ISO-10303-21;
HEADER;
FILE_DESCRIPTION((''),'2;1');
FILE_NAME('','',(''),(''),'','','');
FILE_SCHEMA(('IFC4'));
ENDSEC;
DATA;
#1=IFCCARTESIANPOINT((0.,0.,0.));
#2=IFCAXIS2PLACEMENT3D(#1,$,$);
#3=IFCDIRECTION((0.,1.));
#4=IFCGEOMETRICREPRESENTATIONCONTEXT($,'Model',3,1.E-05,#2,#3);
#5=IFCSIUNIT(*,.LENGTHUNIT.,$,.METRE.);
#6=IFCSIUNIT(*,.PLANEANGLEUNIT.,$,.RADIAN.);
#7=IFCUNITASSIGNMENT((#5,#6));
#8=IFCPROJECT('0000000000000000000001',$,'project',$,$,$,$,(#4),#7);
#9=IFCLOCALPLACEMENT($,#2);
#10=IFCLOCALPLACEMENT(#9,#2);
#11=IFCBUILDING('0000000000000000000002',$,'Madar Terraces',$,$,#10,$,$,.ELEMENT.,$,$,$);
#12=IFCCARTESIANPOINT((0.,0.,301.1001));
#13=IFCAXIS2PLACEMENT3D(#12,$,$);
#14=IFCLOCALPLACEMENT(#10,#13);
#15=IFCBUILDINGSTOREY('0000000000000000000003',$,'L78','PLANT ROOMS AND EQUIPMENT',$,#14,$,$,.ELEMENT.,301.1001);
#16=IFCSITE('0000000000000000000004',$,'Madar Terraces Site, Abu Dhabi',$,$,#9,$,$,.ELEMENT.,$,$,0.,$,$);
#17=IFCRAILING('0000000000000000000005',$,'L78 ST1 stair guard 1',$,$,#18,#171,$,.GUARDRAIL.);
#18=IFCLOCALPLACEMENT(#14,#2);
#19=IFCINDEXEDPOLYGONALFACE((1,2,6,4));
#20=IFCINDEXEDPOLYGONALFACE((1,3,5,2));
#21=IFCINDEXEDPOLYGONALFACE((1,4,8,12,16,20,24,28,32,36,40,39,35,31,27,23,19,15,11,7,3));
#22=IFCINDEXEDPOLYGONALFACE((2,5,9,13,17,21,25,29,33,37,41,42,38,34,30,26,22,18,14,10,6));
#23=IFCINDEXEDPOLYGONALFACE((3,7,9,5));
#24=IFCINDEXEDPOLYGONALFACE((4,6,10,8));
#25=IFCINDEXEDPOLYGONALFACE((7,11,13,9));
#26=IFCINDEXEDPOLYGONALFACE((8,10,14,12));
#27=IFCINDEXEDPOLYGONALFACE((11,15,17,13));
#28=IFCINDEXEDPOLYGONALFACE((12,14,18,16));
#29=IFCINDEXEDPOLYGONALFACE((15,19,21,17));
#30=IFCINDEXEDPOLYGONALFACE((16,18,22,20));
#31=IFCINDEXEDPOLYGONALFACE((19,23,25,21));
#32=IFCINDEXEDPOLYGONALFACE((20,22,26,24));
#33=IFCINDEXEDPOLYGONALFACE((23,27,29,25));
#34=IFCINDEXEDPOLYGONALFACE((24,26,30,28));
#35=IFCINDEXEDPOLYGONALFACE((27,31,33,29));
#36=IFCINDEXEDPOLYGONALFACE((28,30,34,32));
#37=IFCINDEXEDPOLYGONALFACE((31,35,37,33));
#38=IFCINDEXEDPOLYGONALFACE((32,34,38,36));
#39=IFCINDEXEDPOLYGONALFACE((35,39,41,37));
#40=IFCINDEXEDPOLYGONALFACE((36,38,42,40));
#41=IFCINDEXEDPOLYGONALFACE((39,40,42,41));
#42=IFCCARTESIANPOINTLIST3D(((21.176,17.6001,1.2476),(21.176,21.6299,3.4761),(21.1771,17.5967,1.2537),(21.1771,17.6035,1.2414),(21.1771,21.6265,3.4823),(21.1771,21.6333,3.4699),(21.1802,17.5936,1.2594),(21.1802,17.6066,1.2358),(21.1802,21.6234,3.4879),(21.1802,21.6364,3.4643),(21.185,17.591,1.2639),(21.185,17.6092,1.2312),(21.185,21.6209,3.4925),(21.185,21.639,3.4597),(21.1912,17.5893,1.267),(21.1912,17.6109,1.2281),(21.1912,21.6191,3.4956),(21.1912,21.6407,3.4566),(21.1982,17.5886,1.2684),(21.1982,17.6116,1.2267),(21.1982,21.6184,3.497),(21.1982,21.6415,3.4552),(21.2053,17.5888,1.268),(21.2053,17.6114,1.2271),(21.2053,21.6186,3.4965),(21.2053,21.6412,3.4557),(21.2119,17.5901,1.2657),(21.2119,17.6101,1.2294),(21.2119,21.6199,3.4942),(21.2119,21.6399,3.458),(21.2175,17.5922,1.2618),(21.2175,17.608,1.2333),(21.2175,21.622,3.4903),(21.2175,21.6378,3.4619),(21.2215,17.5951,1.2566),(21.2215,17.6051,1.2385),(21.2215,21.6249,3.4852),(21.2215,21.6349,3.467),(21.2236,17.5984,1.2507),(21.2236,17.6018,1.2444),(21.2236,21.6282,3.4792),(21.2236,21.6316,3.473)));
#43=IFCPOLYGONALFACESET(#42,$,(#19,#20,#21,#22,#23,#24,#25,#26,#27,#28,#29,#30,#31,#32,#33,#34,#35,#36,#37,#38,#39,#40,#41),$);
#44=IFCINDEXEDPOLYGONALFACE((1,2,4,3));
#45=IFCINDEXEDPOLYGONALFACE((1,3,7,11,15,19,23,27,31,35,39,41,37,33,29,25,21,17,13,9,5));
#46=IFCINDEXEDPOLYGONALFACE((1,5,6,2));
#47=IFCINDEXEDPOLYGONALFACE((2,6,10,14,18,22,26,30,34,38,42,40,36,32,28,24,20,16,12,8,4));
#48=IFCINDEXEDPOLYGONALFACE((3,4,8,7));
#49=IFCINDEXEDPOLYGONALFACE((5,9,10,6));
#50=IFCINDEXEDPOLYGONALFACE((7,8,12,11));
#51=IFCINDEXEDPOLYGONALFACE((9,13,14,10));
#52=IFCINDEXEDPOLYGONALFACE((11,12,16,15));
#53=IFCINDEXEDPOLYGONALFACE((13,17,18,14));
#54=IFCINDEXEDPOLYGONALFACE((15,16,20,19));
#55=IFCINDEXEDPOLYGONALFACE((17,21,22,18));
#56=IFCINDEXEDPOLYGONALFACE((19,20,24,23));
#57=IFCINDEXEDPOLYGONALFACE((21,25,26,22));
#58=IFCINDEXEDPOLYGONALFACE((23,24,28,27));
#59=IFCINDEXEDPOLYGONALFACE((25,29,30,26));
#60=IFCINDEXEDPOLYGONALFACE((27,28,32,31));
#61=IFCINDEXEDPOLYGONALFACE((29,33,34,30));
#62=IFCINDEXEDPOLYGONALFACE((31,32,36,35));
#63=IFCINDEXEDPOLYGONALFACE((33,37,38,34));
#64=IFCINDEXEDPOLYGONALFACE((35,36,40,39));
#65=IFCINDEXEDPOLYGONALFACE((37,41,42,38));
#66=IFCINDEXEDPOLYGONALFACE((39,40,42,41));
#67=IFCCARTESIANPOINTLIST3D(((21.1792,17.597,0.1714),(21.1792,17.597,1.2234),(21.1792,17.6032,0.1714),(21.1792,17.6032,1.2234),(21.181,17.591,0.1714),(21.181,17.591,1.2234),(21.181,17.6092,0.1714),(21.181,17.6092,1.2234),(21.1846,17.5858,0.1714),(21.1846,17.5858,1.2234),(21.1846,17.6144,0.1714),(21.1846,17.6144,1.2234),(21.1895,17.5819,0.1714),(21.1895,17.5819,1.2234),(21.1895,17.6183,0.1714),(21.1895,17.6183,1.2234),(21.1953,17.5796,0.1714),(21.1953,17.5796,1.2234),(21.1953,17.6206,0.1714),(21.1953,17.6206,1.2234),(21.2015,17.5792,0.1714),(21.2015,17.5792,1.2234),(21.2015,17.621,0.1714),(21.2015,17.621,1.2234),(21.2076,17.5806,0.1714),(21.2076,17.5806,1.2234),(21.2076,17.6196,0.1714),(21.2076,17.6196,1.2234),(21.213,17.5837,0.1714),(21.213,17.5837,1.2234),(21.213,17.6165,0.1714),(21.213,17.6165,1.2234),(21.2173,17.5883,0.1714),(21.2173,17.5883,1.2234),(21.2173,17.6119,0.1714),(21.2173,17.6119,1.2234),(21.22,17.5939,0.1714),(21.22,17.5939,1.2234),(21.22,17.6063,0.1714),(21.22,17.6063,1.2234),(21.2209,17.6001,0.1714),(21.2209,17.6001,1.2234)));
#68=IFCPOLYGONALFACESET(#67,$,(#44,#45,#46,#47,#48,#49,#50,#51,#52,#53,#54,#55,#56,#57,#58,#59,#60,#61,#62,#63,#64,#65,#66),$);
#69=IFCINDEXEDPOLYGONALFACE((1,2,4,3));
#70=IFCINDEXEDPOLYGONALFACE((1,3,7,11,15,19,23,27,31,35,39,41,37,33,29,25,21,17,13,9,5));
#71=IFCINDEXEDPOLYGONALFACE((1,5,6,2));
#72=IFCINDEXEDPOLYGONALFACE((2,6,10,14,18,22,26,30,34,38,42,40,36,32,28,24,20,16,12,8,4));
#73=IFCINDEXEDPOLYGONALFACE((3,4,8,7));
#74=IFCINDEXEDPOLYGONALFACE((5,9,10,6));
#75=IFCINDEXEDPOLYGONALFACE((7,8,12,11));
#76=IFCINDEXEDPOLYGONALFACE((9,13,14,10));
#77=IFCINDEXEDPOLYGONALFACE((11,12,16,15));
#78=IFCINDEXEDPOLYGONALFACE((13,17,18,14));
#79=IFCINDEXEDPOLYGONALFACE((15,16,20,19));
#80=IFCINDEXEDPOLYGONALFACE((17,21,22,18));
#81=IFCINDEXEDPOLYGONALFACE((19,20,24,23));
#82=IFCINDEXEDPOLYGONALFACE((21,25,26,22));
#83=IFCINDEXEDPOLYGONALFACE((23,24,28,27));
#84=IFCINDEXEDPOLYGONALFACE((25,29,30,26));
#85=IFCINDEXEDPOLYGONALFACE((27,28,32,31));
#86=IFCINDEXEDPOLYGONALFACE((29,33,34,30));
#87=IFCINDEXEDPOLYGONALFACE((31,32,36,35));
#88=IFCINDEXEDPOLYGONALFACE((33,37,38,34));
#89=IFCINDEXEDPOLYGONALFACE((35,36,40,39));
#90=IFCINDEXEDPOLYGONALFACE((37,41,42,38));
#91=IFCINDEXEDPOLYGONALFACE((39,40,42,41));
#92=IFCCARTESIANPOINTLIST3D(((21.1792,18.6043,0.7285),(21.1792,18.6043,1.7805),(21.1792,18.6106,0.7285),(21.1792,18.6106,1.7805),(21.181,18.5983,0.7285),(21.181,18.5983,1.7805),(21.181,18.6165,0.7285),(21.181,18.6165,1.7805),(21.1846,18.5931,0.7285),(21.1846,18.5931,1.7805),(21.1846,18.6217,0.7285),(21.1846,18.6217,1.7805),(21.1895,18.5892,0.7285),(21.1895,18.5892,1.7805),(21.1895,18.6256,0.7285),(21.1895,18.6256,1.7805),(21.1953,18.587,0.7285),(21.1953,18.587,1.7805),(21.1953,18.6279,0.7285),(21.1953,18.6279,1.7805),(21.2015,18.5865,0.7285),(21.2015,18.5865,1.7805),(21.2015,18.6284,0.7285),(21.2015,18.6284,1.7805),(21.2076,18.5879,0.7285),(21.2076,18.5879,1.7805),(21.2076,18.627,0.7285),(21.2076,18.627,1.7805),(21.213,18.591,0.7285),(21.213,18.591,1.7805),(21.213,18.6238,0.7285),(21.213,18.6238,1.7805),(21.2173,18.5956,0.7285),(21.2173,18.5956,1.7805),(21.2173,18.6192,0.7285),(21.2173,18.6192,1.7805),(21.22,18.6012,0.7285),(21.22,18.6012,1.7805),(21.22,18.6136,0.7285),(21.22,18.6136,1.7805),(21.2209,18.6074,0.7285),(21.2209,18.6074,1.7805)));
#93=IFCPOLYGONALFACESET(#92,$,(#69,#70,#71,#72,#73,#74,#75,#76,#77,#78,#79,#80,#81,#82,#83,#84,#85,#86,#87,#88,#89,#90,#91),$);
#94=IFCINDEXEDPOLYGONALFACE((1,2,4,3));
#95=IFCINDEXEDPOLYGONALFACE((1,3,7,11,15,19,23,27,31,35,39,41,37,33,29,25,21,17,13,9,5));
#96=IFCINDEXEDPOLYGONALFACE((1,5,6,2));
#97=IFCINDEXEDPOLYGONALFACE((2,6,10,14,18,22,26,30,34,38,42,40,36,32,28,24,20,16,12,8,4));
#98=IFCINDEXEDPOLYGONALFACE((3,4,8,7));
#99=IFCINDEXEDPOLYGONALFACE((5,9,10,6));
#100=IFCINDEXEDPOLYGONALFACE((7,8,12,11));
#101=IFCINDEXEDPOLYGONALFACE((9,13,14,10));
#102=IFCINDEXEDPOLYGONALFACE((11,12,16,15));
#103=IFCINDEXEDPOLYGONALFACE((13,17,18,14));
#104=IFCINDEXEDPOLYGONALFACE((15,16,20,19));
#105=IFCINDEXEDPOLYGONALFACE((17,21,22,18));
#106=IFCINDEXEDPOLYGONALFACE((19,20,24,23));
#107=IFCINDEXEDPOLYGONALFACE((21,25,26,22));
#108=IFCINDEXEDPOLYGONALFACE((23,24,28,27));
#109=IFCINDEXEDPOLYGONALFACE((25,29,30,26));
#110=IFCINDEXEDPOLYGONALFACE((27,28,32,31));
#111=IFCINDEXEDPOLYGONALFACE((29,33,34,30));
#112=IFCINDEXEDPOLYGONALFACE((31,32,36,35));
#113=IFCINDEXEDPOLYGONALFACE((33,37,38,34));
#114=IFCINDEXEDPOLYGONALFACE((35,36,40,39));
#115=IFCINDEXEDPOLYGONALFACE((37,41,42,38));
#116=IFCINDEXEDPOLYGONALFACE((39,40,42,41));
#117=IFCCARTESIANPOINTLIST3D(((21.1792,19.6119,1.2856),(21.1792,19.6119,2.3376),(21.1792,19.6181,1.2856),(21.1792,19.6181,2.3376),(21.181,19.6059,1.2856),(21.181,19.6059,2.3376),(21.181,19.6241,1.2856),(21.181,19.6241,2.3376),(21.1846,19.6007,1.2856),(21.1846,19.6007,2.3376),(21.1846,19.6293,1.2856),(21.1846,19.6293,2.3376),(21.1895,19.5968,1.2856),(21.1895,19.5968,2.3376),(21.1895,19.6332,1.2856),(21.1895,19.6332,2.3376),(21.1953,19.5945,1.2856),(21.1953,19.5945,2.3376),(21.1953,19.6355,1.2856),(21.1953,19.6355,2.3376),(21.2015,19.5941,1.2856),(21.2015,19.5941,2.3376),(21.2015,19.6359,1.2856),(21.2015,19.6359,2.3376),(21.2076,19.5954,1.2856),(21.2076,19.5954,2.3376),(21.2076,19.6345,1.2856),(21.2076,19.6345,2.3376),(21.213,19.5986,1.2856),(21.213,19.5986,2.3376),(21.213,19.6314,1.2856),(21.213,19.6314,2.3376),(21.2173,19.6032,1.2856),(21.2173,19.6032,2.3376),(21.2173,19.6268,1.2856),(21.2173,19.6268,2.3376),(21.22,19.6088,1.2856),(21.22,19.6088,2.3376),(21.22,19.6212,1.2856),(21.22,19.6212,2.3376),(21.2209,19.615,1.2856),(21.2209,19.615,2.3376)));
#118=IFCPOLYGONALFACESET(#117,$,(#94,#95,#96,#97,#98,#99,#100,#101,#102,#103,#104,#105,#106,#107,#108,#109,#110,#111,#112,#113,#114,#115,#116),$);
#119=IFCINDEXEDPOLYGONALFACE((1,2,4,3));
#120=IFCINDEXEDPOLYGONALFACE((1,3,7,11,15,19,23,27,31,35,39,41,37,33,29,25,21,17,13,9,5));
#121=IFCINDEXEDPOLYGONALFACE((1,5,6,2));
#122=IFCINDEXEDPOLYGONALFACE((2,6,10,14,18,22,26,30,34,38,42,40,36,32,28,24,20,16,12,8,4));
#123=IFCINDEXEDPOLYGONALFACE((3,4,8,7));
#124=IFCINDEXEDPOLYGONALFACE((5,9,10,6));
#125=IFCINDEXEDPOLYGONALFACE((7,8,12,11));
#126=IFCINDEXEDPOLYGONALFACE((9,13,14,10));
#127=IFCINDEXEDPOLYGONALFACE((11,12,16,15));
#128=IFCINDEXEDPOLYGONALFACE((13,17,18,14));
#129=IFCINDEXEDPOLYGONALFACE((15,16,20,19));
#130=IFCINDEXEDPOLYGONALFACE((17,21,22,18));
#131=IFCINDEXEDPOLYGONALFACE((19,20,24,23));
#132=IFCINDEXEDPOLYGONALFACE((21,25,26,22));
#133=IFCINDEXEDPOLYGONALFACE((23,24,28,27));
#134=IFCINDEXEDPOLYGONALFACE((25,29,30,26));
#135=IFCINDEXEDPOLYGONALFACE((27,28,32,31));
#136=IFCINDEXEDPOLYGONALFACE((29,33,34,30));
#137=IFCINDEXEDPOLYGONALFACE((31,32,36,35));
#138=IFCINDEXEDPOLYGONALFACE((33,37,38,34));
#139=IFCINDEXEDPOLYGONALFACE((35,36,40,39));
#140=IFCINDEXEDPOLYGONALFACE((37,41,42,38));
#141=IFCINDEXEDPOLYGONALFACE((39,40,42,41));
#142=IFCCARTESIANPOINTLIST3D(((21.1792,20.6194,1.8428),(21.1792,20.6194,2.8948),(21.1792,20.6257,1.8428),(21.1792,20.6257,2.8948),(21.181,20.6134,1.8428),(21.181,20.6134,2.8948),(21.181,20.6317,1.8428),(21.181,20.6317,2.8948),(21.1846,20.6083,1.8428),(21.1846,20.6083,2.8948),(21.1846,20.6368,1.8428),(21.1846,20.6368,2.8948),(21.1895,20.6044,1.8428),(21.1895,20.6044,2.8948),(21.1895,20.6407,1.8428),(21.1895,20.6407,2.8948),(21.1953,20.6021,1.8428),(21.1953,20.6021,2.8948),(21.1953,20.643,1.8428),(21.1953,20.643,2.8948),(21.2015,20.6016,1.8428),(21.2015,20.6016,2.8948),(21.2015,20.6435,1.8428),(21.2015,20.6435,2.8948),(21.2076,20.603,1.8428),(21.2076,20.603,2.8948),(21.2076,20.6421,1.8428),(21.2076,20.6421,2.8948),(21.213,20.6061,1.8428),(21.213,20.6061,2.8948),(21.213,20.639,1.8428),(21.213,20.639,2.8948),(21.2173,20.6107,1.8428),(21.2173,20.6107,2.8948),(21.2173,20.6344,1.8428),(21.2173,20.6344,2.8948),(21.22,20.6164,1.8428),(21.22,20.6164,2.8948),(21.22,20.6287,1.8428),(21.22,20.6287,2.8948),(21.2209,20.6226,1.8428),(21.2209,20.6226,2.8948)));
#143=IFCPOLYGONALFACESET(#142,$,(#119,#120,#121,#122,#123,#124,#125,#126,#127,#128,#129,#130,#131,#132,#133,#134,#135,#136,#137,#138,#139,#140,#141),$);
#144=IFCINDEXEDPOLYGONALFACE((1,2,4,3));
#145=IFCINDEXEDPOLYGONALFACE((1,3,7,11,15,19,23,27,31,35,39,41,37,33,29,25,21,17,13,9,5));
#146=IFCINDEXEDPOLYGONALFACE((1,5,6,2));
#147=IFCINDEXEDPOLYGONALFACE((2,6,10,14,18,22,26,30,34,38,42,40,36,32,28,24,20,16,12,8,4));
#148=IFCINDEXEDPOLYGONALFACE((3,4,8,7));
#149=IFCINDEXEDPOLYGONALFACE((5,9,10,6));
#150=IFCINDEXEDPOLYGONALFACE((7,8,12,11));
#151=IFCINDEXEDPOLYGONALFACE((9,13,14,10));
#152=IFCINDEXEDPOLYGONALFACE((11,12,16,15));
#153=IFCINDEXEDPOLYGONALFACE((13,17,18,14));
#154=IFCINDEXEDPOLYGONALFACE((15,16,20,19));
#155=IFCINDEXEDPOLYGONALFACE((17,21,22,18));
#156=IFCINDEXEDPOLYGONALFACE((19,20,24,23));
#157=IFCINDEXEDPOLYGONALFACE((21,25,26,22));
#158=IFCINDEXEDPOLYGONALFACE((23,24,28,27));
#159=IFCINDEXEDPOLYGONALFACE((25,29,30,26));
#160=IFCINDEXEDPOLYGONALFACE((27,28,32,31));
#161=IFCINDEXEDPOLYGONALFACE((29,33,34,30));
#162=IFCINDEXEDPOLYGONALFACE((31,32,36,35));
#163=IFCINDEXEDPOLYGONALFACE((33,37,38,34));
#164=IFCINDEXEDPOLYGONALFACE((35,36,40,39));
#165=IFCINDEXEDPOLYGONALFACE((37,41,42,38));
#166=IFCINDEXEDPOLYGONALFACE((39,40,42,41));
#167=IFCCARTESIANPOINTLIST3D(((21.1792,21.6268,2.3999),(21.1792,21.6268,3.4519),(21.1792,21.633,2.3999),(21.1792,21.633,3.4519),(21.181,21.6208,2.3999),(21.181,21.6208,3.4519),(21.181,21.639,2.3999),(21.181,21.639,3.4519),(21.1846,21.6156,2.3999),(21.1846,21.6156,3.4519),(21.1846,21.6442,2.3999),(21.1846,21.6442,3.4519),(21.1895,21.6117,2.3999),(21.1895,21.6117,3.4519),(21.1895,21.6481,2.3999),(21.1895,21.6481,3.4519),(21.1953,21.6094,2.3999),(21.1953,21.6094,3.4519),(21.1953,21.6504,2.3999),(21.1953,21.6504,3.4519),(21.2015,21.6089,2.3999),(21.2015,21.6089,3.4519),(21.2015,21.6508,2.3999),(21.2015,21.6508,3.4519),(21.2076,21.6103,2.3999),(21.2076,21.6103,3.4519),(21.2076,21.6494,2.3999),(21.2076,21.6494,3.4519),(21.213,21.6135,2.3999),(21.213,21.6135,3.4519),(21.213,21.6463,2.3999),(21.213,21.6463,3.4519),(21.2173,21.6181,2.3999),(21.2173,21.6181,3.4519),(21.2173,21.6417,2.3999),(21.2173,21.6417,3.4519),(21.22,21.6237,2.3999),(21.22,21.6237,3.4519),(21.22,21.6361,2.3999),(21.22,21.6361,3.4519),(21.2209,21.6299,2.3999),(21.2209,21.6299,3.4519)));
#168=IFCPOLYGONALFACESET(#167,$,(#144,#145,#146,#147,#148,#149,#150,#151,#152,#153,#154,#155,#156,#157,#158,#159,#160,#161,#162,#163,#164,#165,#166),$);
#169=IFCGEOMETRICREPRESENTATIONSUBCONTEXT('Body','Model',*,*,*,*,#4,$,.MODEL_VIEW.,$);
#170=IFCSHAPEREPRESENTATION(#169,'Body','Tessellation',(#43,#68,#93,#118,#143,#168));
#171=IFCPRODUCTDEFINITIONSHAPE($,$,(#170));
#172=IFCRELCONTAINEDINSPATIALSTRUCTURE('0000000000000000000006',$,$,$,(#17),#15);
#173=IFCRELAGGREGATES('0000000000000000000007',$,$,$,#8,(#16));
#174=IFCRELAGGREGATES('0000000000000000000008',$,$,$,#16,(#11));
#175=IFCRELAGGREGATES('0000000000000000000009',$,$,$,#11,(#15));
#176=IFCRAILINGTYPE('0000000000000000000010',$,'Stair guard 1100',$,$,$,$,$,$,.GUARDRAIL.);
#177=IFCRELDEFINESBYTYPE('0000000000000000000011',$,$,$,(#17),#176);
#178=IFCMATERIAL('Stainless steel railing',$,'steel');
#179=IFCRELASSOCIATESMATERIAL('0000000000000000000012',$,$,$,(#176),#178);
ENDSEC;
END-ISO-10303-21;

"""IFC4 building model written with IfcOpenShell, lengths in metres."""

from ifc_helpers import new_model, si_unit, direction, frame, origin, origin_2d, place, context, subcontext, project, spatial, circle, extrude, material, type_object, element, save


model = new_model("IFC4")

# Units and contexts
model_context = context("Model", 3, precision=1e-05, world=origin(), true_north=direction((0.0, 1.0)))
body_context = subcontext(model_context, "Body", "Model", "MODEL_VIEW")
ifc_project = project(units=[si_unit("LENGTHUNIT", "METRE"), si_unit("PLANEANGLEUNIT", "RADIAN")], contexts=[model_context])

# Site, building, storey
site_placement = place(None, origin())
site = spatial("IfcSite", under=ifc_project, at=site_placement, Name="Madar Terraces Site, Abu Dhabi", CompositionType="ELEMENT", RefElevation=0.0)
building_placement = place(site_placement, origin())
building = spatial("IfcBuilding", under=site, at=building_placement, Name="Madar Terraces", CompositionType="ELEMENT")
storey_placement = place(building_placement, frame((0.0, 0.0, 301.1001)))
storey = spatial("IfcBuildingStorey", under=building, at=storey_placement, Name="L78", Description="PLANT ROOMS AND EQUIPMENT", CompositionType="ELEMENT", Elevation=301.1001)

# Railing
ifc_material_1 = material(Name="Stainless steel railing", Category="steel")
railing_type_1 = type_object("IfcRailingType", Name="Stair guard 1100", PredefinedType="GUARDRAIL", material=ifc_material_1)
railing_1_placement = place(storey_placement, frame((21.2, 17.6001, 0.1714)))
element("IfcRailing", 1, at=railing_1_placement, inside=storey, type_object=railing_type_1, Name="L78 ST1 stair guard 1", PredefinedType="GUARDRAIL", context=body_context, shape_type="SweptSolid", body=[
    extrude(circle(Radius=0.0239, at=origin_2d()), frame((0.0, 0.0, 1.0762), z_axis=(0.0, 0.875101, 0.48394), x_axis=(-1.0, 0.0, 0.0)), (0.0, 0.0, 1.0), 4.605),
    extrude(circle(Radius=0.021, at=origin_2d()), origin(), (0.0, 0.0, 1.0), 1.052),
    extrude(circle(Radius=0.021, at=origin_2d()), frame((0.0, 1.0073, 0.5571)), (0.0, 0.0, 1.0), 1.052),
    extrude(circle(Radius=0.021, at=origin_2d()), frame((0.0, 2.0149, 1.1143)), (0.0, 0.0, 1.0), 1.052),
    extrude(circle(Radius=0.021, at=origin_2d()), frame((0.0, 3.0225, 1.6714)), (0.0, 0.0, 1.0), 1.052),
    extrude(circle(Radius=0.021, at=origin_2d()), frame((0.0, 4.0298, 2.2285)), (0.0, 0.0, 1.0), 1.052),
])

save(model, "model.ifc")
